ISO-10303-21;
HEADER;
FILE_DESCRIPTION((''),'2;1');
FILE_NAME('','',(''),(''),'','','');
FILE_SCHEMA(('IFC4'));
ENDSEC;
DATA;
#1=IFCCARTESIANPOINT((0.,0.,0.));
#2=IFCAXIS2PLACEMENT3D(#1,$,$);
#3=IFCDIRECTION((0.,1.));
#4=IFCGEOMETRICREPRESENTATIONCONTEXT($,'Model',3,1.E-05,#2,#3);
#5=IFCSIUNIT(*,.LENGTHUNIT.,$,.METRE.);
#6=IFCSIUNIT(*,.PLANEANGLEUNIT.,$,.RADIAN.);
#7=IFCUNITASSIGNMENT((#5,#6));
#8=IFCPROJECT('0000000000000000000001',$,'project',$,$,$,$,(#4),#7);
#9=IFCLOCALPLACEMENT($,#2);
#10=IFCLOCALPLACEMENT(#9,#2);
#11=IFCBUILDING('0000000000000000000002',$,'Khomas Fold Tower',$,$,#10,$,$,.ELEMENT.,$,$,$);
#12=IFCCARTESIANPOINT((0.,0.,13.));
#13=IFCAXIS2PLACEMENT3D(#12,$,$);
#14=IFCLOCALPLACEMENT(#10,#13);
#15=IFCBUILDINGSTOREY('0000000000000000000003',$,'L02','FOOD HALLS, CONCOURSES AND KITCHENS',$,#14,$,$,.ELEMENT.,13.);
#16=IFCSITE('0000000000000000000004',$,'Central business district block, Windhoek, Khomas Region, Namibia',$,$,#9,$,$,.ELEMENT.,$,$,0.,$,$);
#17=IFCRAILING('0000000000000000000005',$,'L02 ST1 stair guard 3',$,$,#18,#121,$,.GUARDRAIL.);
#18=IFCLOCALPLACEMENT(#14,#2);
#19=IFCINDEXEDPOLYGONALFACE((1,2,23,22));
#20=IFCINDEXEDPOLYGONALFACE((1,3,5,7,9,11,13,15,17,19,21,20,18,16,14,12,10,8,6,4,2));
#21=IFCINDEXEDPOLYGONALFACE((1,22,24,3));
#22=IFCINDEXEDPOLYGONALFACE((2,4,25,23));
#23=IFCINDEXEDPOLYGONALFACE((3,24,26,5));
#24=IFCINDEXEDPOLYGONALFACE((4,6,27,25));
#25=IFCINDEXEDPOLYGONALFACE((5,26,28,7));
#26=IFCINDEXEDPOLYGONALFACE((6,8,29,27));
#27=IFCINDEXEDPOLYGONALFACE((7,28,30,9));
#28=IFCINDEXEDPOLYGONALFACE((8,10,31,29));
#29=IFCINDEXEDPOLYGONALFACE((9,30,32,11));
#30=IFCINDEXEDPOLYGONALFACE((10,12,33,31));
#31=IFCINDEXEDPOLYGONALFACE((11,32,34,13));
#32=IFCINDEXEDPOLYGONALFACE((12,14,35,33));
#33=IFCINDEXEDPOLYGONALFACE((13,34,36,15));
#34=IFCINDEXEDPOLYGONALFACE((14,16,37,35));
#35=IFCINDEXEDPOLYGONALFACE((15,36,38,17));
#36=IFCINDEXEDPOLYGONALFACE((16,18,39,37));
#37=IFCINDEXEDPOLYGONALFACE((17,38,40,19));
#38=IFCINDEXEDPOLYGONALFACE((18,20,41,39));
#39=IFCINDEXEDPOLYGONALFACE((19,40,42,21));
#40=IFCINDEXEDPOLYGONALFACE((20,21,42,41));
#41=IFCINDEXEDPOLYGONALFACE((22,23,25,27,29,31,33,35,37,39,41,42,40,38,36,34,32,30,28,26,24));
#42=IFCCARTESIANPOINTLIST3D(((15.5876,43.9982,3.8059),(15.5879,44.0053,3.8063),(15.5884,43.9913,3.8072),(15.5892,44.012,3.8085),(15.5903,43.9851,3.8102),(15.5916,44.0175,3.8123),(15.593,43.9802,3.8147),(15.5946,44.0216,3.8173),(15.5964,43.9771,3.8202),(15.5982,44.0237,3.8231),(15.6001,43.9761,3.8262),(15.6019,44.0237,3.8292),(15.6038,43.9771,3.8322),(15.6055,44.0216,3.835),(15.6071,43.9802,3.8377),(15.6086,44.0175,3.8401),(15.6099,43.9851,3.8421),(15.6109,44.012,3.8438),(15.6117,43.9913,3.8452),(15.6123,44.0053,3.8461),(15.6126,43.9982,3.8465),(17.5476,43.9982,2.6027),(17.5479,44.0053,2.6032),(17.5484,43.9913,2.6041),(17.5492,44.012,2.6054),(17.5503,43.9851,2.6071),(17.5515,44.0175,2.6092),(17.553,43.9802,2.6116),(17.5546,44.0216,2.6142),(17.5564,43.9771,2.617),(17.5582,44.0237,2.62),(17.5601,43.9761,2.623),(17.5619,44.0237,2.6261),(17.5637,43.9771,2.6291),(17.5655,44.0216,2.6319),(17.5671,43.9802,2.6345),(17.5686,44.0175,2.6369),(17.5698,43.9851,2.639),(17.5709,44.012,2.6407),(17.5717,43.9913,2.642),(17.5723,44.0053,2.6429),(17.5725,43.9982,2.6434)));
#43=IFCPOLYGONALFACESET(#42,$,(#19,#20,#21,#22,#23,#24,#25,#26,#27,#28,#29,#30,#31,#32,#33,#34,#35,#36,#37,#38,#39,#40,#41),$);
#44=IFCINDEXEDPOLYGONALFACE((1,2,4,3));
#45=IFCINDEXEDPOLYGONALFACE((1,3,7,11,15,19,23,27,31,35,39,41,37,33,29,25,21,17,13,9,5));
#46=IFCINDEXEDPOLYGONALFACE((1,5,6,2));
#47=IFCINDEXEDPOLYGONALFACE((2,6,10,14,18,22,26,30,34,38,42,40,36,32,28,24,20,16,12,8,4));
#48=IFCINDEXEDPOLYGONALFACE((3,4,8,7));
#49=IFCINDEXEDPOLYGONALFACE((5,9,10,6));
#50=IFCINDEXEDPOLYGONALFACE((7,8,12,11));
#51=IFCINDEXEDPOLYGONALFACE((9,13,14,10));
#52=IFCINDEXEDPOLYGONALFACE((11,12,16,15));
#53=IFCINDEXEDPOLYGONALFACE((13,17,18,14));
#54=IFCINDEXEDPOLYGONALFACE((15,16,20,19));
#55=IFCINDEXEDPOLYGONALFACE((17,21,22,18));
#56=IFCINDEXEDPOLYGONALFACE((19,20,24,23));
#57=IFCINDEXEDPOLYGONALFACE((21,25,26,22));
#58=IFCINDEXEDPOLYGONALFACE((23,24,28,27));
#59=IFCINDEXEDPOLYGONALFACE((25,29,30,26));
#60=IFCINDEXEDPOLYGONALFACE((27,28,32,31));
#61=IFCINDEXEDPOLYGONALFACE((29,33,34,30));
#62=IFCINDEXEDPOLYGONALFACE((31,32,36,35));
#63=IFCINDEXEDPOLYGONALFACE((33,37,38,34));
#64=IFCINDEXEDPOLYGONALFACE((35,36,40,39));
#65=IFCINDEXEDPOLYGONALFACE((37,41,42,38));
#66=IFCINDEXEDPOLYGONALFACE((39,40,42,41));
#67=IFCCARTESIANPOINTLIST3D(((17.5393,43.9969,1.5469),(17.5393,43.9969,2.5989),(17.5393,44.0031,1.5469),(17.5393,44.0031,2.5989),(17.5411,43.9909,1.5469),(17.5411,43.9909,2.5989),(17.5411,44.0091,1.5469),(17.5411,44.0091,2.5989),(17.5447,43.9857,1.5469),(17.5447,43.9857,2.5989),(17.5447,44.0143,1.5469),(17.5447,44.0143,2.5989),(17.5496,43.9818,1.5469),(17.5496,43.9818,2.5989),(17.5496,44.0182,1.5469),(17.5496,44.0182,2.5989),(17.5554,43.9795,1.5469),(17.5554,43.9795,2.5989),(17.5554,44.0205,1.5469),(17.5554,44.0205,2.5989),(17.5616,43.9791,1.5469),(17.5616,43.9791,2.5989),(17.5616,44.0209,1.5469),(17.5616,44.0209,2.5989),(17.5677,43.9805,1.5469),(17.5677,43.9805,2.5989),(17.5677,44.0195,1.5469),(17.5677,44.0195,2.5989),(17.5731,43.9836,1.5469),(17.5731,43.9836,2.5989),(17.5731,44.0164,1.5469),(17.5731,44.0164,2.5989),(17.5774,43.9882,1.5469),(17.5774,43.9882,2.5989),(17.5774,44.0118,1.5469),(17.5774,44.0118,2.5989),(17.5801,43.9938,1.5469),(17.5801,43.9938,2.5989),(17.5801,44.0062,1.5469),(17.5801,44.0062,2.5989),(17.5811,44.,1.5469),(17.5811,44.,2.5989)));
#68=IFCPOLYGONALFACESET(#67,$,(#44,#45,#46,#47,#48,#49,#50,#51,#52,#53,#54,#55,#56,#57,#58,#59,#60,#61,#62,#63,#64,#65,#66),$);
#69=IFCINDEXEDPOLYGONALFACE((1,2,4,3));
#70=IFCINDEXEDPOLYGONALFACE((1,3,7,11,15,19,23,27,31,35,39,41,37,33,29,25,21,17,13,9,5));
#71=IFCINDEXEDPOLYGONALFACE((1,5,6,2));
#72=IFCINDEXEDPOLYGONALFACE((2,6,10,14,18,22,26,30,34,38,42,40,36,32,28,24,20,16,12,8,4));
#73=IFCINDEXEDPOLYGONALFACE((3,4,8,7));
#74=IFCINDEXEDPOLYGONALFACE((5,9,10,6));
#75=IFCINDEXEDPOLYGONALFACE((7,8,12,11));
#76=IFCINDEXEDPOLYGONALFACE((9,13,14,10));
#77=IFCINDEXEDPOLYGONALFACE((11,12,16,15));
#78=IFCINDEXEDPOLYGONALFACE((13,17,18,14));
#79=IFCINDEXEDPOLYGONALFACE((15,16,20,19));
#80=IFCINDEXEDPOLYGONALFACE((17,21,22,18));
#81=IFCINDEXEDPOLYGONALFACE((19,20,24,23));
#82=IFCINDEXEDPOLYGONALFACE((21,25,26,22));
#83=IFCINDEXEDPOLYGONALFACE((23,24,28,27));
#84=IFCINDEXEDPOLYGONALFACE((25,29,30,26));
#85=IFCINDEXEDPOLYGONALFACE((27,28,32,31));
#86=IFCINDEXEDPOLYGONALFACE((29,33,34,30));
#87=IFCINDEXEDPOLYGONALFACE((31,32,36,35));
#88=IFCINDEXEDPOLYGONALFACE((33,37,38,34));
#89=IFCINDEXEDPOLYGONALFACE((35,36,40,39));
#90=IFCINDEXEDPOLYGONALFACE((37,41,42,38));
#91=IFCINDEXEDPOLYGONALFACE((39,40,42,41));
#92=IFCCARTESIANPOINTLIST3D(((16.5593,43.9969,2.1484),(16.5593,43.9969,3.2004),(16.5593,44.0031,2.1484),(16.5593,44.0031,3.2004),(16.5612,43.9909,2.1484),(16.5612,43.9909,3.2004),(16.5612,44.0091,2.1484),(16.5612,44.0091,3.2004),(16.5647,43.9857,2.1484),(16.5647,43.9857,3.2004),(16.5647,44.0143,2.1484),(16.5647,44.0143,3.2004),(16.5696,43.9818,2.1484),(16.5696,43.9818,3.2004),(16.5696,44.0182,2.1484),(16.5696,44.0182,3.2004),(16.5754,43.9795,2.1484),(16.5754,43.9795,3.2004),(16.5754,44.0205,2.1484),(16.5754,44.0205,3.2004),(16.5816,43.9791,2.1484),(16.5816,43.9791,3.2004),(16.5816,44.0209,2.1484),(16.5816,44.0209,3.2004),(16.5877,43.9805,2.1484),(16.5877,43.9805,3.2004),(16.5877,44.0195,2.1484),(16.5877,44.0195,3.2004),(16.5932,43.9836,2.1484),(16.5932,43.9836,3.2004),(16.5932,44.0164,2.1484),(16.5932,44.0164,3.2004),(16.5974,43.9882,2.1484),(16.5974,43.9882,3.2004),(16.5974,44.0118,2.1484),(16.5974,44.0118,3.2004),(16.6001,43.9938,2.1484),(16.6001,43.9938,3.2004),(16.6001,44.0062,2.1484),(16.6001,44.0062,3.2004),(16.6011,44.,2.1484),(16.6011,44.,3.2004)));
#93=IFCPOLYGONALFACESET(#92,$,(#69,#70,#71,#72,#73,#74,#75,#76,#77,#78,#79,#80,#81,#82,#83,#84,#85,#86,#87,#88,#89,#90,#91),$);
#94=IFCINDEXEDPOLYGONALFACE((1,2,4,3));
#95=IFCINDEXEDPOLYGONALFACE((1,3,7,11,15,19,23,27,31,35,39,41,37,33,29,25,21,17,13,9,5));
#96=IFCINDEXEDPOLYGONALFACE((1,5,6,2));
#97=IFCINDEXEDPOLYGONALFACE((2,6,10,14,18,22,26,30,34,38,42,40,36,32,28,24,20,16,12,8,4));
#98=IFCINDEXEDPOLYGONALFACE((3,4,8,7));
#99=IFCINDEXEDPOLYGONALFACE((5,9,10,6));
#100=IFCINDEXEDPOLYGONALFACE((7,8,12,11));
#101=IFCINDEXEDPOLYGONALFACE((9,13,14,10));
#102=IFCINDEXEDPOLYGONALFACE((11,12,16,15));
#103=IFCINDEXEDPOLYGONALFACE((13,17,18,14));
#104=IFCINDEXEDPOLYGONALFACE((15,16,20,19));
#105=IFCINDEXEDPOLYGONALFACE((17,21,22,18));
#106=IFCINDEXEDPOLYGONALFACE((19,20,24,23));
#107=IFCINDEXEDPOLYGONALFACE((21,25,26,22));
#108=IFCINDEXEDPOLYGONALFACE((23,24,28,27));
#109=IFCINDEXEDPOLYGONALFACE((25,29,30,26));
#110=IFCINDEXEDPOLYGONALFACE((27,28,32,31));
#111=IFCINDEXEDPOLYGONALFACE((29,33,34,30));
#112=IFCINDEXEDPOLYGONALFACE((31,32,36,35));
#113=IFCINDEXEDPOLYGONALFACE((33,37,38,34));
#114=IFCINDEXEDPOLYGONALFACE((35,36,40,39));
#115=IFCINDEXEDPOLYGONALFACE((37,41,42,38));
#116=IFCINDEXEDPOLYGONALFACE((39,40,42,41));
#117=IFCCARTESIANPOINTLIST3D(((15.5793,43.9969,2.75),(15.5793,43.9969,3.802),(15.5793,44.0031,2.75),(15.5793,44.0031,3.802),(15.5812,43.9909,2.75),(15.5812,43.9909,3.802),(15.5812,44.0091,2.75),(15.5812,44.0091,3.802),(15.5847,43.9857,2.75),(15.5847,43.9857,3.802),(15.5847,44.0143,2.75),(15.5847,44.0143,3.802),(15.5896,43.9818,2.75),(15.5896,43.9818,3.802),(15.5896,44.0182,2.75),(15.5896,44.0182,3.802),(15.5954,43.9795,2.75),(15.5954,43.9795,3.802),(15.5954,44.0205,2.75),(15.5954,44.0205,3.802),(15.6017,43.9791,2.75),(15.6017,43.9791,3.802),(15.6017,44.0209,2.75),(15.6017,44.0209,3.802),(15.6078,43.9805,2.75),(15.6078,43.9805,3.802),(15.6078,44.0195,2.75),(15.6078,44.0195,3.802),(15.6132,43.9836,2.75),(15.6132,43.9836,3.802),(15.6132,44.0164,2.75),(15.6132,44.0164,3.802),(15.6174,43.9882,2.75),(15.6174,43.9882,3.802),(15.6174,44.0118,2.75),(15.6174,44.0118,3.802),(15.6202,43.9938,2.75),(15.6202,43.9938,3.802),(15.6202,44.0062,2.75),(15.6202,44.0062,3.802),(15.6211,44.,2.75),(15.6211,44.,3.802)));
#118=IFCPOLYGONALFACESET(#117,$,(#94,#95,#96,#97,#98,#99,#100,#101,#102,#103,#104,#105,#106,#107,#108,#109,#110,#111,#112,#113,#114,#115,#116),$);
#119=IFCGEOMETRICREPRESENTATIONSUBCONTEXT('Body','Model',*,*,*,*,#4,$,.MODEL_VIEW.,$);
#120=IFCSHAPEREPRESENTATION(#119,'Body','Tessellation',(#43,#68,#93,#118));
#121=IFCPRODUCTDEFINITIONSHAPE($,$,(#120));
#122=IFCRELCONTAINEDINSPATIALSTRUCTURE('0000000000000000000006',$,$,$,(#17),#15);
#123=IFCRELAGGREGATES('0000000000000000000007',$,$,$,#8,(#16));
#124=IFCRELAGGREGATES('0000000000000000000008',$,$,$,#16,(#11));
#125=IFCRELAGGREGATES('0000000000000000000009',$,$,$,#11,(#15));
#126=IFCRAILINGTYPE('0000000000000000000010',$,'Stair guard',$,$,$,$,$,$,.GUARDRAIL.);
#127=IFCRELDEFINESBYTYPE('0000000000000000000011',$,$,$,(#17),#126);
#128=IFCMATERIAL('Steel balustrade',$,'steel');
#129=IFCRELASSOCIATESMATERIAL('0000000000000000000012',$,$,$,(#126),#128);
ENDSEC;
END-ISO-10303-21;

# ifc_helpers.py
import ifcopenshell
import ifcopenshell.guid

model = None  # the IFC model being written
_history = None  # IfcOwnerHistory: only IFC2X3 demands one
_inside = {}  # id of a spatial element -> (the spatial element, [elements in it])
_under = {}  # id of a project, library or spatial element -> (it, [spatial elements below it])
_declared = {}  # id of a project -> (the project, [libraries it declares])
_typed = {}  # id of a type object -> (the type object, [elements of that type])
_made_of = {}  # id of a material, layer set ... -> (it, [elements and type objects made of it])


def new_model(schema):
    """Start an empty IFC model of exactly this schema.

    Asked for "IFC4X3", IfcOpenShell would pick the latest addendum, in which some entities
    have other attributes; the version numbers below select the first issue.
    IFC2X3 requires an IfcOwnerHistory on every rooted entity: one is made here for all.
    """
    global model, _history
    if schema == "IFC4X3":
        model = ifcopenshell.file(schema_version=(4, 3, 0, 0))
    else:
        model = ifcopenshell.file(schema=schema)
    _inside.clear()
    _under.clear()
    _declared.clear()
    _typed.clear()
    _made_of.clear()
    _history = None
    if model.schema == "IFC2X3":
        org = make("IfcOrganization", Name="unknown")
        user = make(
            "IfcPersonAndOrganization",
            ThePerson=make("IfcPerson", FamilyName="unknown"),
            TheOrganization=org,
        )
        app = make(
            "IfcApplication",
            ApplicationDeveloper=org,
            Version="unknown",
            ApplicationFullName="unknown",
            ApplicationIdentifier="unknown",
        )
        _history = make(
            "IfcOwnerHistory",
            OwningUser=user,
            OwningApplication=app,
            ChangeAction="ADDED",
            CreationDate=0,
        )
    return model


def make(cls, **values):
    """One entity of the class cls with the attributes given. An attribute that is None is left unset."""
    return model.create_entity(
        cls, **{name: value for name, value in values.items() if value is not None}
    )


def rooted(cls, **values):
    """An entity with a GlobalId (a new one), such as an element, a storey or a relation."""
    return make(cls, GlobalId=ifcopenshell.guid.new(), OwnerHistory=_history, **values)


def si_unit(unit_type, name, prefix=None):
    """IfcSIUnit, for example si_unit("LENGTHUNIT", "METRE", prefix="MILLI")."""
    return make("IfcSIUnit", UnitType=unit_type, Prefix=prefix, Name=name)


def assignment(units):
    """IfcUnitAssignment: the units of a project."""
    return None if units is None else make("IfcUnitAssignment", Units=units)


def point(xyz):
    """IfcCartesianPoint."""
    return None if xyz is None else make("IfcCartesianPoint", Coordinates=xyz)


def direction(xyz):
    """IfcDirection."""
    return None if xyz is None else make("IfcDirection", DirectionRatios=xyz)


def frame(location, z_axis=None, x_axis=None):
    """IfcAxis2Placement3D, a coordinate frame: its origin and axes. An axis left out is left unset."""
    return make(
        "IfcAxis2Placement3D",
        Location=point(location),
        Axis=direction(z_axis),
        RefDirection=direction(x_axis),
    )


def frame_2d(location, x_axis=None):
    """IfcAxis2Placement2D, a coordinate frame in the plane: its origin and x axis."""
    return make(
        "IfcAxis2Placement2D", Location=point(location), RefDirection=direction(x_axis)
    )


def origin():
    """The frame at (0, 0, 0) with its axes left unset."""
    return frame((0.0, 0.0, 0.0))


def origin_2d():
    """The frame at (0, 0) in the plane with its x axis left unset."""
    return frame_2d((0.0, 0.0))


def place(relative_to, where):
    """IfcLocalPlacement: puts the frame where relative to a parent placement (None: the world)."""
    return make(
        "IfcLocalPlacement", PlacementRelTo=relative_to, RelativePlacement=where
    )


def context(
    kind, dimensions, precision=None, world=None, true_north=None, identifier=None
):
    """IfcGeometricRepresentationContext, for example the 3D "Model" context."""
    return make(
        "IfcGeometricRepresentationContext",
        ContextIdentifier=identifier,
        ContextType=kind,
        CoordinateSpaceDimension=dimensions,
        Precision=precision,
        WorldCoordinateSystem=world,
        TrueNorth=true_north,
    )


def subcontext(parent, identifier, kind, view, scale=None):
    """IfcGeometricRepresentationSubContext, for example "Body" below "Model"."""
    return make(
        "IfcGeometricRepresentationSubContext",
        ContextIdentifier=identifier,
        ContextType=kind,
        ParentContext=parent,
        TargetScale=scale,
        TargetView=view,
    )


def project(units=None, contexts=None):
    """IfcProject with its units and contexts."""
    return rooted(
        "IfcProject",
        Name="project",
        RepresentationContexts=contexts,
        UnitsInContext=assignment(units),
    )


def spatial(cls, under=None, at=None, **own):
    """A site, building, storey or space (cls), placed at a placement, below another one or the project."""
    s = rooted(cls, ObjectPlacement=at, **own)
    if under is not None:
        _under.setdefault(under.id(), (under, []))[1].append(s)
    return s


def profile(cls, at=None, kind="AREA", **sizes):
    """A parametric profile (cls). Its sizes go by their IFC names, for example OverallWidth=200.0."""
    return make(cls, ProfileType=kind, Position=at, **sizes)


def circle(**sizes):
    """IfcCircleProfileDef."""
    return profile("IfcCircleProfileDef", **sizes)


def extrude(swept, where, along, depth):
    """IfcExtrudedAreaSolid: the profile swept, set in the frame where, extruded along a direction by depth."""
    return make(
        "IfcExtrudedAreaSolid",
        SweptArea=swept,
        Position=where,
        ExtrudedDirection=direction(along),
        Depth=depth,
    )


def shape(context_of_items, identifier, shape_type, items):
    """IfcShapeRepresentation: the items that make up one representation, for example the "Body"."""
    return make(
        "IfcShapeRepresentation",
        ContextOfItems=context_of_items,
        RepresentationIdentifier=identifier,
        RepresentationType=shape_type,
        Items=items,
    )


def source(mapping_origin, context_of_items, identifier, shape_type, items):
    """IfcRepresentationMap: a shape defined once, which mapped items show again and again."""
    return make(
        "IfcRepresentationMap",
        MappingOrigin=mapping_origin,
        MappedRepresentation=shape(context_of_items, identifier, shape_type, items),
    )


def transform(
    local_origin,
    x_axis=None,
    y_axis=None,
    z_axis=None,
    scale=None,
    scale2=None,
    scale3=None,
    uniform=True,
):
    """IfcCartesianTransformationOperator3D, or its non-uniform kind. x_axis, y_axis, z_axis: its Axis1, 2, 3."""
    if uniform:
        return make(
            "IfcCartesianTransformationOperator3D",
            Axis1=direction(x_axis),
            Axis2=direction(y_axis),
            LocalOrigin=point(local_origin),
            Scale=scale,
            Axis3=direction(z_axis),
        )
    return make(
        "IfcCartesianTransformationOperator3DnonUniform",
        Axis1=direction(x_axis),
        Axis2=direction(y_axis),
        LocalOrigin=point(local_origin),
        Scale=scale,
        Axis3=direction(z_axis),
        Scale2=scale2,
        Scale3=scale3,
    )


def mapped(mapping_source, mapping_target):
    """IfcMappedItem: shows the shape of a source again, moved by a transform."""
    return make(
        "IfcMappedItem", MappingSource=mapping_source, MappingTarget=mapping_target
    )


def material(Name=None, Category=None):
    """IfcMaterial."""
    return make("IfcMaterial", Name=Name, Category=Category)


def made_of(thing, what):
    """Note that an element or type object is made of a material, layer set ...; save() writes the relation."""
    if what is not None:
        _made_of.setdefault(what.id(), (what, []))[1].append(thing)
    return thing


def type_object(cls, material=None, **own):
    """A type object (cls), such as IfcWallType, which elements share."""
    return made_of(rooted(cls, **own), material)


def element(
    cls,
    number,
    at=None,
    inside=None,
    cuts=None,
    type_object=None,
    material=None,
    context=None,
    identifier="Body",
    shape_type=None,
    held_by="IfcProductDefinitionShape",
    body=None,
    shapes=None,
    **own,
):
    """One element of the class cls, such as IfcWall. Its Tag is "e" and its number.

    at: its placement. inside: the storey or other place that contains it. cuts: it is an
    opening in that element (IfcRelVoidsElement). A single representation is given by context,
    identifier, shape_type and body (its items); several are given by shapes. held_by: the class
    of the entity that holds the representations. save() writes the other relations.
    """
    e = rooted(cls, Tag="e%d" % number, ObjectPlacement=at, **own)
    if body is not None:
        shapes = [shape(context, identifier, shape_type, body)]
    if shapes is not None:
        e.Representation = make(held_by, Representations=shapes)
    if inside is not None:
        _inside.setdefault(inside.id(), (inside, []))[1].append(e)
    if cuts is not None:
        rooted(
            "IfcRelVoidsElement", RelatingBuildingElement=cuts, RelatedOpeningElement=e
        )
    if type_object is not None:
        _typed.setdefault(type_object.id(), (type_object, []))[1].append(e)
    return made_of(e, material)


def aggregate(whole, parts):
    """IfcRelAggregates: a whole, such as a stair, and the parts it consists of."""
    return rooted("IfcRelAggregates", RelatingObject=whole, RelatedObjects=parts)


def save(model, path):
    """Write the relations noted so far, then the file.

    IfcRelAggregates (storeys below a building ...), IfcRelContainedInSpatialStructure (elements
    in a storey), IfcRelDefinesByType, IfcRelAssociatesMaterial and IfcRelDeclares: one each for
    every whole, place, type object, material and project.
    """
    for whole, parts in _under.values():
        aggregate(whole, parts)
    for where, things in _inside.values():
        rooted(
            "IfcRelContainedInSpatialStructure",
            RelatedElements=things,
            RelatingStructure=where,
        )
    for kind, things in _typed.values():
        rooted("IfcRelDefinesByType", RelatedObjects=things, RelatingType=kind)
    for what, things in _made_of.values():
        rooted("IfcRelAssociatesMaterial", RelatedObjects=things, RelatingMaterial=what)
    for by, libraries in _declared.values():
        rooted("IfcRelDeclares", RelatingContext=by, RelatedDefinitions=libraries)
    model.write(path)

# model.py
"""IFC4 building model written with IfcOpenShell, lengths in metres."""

from ifc_helpers import new_model, si_unit, direction, frame, origin, origin_2d, place, context, subcontext, project, spatial, circle, extrude, source, transform, mapped, material, type_object, element, save


model = new_model("IFC4")

# Units and contexts
model_context = context("Model", 3, precision=1e-05, world=origin(), true_north=direction((0.0, 1.0)))
body_context = subcontext(model_context, "Body", "Model", "MODEL_VIEW")
ifc_project = project(units=[si_unit("LENGTHUNIT", "METRE"), si_unit("PLANEANGLEUNIT", "RADIAN")], contexts=[model_context])

# Site, building, storey
site_placement = place(None, origin())
site = spatial("IfcSite", under=ifc_project, at=site_placement, Name="Central business district block, Windhoek, Khomas Region, Namibia", CompositionType="ELEMENT", RefElevation=0.0)
building_placement = place(site_placement, origin())
building = spatial("IfcBuilding", under=site, at=building_placement, Name="Khomas Fold Tower", CompositionType="ELEMENT")
storey_placement = place(building_placement, frame((0.0, 0.0, 13.0)))
storey = spatial("IfcBuildingStorey", under=building, at=storey_placement, Name="L02", Description="FOOD HALLS, CONCOURSES AND KITCHENS", CompositionType="ELEMENT", Elevation=13.0)

# Railing
ifc_material_1 = material(Name="Steel balustrade", Category="steel")
railing_type_1 = type_object("IfcRailingType", Name="Stair guard", PredefinedType="GUARDRAIL", material=ifc_material_1)
shared_shape_1 = source(origin(), body_context, "Body", "SweptSolid", [
    extrude(circle(Radius=0.0239, at=origin_2d()), frame((0.0, 0.0, 1.0762), z_axis=(-0.852241, 0.0, 0.523149), x_axis=(0.0, -1.0, 0.0)), (0.0, 0.0, 1.0), 2.2998),
    extrude(circle(Radius=0.021, at=origin_2d()), origin(), (0.0, 0.0, 1.0), 1.052),
    extrude(circle(Radius=0.021, at=origin_2d()), frame((-0.98, 0.0, 0.6016)), (0.0, 0.0, 1.0), 1.052),
    extrude(circle(Radius=0.021, at=origin_2d()), frame((-1.96, 0.0, 1.2031)), (0.0, 0.0, 1.0), 1.052),
])
for number, where, name in (
    (1, (17.5601, 44.0, 1.5469), "L02 ST1 stair guard 3"),
):
    element("IfcRailing", number, at=place(storey_placement, frame(where)), inside=storey, type_object=railing_type_1, Name=name, PredefinedType="GUARDRAIL", context=body_context, shape_type="MappedRepresentation", body=[
        mapped(shared_shape_1, transform((0.0, 0.0, 0.0))),
    ])

save(model, "model.ifc")
